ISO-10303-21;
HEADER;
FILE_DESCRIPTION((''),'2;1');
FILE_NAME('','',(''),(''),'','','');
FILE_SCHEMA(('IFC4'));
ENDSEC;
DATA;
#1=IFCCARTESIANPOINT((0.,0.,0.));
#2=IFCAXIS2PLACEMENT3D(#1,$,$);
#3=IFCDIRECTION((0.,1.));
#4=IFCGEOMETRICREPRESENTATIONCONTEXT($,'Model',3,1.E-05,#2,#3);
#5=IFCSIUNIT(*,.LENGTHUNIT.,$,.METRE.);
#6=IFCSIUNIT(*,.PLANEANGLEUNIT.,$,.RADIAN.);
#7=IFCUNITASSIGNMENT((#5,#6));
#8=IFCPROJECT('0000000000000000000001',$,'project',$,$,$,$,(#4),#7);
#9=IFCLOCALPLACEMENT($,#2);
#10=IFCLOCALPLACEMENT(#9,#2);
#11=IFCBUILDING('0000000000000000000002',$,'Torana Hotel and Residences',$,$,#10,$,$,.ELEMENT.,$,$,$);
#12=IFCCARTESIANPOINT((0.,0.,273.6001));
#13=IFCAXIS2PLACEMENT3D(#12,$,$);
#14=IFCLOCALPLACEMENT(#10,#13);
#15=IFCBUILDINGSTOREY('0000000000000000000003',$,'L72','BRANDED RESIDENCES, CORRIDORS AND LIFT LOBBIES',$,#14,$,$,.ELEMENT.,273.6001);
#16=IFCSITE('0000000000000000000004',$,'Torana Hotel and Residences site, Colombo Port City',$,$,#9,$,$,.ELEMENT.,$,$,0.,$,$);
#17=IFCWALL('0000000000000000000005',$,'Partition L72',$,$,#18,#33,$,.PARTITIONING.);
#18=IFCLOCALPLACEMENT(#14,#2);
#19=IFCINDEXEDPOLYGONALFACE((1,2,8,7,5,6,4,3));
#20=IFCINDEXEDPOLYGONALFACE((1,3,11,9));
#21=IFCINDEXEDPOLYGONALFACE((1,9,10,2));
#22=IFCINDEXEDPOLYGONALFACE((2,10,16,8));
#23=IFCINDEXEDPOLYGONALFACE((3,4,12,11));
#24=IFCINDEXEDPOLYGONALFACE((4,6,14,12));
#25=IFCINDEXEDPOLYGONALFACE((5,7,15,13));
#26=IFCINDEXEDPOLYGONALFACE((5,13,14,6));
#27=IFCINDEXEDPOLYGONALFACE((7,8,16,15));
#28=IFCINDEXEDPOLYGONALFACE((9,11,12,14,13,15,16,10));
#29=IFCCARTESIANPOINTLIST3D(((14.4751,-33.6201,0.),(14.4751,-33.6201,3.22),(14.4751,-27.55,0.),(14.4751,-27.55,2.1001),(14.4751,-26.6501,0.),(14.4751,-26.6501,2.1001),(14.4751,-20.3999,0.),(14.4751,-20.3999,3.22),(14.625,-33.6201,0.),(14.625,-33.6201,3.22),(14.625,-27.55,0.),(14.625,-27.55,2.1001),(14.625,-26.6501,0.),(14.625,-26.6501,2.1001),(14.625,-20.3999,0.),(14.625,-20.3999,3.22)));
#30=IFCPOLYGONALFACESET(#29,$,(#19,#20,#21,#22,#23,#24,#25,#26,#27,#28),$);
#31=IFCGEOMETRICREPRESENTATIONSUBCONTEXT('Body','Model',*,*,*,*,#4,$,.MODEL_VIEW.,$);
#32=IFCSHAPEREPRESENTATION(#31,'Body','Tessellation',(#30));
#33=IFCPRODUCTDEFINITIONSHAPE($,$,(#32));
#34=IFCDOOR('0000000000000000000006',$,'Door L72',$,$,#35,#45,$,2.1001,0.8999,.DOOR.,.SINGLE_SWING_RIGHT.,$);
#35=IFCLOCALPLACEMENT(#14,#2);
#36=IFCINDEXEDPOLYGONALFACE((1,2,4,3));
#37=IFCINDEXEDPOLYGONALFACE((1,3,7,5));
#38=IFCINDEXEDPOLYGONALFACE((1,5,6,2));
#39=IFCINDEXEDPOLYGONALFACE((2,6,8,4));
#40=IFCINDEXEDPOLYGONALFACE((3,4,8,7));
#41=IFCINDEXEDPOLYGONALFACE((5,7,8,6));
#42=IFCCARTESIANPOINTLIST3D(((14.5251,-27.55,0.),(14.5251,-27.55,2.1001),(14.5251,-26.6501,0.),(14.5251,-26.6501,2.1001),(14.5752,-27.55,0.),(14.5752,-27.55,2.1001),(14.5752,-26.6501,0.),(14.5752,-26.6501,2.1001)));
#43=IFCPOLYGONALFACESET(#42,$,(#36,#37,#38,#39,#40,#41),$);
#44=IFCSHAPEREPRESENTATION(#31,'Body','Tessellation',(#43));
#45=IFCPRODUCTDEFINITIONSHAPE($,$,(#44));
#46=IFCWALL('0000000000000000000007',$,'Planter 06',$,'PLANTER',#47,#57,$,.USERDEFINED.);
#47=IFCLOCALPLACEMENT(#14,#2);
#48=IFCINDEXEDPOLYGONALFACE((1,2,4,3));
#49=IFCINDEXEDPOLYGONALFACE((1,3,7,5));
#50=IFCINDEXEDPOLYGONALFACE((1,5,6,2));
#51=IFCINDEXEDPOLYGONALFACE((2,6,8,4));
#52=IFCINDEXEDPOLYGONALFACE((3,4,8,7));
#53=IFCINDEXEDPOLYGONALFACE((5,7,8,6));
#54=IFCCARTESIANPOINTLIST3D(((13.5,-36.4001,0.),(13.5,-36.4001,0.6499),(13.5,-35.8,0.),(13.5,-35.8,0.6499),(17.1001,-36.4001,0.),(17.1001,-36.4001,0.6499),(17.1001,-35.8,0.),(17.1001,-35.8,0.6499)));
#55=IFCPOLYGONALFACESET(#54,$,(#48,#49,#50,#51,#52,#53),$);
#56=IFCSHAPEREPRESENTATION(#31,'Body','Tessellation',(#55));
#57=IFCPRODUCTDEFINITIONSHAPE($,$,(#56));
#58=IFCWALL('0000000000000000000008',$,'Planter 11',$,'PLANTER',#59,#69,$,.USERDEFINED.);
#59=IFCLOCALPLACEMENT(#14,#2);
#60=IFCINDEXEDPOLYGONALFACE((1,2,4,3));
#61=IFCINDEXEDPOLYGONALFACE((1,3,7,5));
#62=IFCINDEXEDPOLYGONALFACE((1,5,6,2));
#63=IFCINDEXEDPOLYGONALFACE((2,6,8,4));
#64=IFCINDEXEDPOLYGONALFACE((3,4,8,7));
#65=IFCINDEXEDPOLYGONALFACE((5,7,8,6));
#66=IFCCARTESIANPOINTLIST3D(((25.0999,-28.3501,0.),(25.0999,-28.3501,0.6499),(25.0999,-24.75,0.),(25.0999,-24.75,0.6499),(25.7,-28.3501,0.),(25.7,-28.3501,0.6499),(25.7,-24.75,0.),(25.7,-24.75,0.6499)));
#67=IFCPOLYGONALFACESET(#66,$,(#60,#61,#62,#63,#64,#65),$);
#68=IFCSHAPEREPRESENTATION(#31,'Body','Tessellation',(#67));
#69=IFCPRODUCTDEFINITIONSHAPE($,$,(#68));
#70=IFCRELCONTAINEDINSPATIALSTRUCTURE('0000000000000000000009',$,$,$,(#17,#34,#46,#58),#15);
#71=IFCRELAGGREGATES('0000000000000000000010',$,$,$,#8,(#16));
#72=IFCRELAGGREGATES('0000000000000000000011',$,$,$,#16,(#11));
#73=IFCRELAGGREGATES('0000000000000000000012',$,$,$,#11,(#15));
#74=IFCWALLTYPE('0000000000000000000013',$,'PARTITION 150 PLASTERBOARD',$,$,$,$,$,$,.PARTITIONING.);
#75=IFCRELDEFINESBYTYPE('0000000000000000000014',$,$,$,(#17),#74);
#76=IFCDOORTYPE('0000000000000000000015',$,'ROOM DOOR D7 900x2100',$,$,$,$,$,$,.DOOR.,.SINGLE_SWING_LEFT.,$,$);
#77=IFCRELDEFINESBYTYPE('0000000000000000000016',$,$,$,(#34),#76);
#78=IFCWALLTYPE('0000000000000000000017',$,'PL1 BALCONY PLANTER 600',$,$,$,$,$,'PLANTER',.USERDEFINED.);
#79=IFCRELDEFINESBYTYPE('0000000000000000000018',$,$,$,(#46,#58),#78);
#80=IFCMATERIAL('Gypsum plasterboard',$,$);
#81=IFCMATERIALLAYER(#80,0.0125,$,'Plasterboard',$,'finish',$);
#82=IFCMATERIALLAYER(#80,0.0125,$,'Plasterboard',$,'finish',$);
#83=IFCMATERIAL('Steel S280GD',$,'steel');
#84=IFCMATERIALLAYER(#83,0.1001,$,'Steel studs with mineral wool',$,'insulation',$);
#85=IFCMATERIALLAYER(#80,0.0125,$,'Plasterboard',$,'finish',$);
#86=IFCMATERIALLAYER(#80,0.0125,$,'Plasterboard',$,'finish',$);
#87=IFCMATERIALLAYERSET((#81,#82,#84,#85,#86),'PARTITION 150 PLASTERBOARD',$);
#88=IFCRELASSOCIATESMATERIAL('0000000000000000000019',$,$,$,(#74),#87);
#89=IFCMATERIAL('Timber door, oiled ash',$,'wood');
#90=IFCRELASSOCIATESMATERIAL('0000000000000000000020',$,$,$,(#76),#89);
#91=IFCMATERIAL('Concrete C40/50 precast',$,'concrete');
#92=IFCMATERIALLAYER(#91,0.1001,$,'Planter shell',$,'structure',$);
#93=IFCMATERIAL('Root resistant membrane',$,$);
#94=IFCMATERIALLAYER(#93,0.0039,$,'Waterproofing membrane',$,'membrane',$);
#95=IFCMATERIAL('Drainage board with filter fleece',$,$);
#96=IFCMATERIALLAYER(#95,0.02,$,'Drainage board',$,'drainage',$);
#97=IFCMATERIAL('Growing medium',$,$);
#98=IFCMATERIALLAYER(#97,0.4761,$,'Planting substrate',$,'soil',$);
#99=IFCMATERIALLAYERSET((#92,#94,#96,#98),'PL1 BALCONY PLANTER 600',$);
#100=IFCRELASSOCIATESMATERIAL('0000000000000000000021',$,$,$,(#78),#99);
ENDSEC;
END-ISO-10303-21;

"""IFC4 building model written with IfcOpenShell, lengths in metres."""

from ifc_helpers import new_model, si_unit, direction, frame, frame_2d, origin, place, context, subcontext, project, spatial, rectangle, extrude, material, layer, layer_set, type_object, element, fill, save


model = new_model("IFC4")

# Units and contexts
model_context = context("Model", 3, precision=1e-05, world=origin(), true_north=direction((0.0, 1.0)))
body_context = subcontext(model_context, "Body", "Model", "MODEL_VIEW")
ifc_project = project(units=[si_unit("LENGTHUNIT", "METRE"), si_unit("PLANEANGLEUNIT", "RADIAN")], contexts=[model_context])

# Site, building, storey
site_placement = place(None, origin())
site = spatial("IfcSite", under=ifc_project, at=site_placement, Name="Torana Hotel and Residences site, Colombo Port City", CompositionType="ELEMENT", RefElevation=0.0)
building_placement = place(site_placement, origin())
building = spatial("IfcBuilding", under=site, at=building_placement, Name="Torana Hotel and Residences", CompositionType="ELEMENT")
storey_placement = place(building_placement, frame((0.0, 0.0, 273.6001)))
storey = spatial("IfcBuildingStorey", under=building, at=storey_placement, Name="L72", Description="BRANDED RESIDENCES, CORRIDORS AND LIFT LOBBIES", CompositionType="ELEMENT", Elevation=273.6001)

# Shared definitions
ifc_material_1 = material(Name="Steel S280GD", Category="steel")

# Wall, opening, door
ifc_material_2 = material(Name="Gypsum plasterboard")
ifc_layer_1 = layer(ifc_material_2, 0.0125, Name="Plasterboard", Category="finish")
ifc_layer_2 = layer(ifc_material_2, 0.0125, Name="Plasterboard", Category="finish")
ifc_layer_3 = layer(ifc_material_1, 0.1001, Name="Steel studs with mineral wool", Category="insulation")
ifc_layer_4 = layer(ifc_material_2, 0.0125, Name="Plasterboard", Category="finish")
ifc_layer_5 = layer(ifc_material_2, 0.0125, Name="Plasterboard", Category="finish")
ifc_layer_set_1 = layer_set([ifc_layer_1, ifc_layer_2, ifc_layer_3, ifc_layer_4, ifc_layer_5], Name="PARTITION 150 PLASTERBOARD")
wall_type_1 = type_object("IfcWallType", Name="PARTITION 150 PLASTERBOARD", PredefinedType="PARTITIONING", material=ifc_layer_set_1)
ifc_material_3 = material(Name="Timber door, oiled ash", Category="wood")
door_type_1 = type_object("IfcDoorType", Name="ROOM DOOR D7 900x2100", OperationType="SINGLE_SWING_LEFT", PredefinedType="DOOR", material=ifc_material_3)
wall_1_placement = place(storey_placement, frame((14.55, -33.6201, 0.0), z_axis=(0.0, 0.0, 1.0), x_axis=(0.0, 1.0, 0.0)))
wall_1 = element("IfcWall", 1, at=wall_1_placement, inside=storey, type_object=wall_type_1, Name="Partition L72", PredefinedType="PARTITIONING", context=body_context, shape_type="SweptSolid", body=[
    extrude(rectangle(XDim=13.2202, YDim=0.1499, at=frame_2d((6.6101, 0.0))), origin(), (0.0, 0.0, 1.0), 3.22),
])
opening_1_placement = place(wall_1_placement, frame((6.0701, 0.0, 0.0)))
opening_1 = element("IfcOpeningElement", 2, at=opening_1_placement, cuts=wall_1, PredefinedType="OPENING", context=body_context, shape_type="SweptSolid", body=[
    extrude(rectangle(XDim=0.8999, YDim=2.1001, at=frame_2d((0.45, 1.05))), frame((0.0, 0.085, 0.0), z_axis=(0.0, -1.0, 0.0), x_axis=(1.0, 0.0, 0.0)), (0.0, 0.0, 1.0), 0.1699),
])
door_1_placement = place(opening_1_placement, origin())
door_1 = element("IfcDoor", 3, at=door_1_placement, inside=storey, type_object=door_type_1, Name="Door L72", OperationType="SINGLE_SWING_RIGHT", OverallHeight=2.1001, OverallWidth=0.8999, PredefinedType="DOOR", context=body_context, shape_type="SweptSolid", body=[
    extrude(rectangle(XDim=0.8999, YDim=2.1001, at=frame_2d((0.45, 1.05))), frame((0.0, 0.0249, 0.0), z_axis=(0.0, -1.0, 0.0), x_axis=(1.0, 0.0, 0.0)), (0.0, 0.0, 1.0), 0.05),
])
fill(opening_1, door_1)

# Walls
ifc_material_4 = material(Name="Concrete C40/50 precast", Category="concrete")
ifc_layer_6 = layer(ifc_material_4, 0.1001, Name="Planter shell", Category="structure")
ifc_material_5 = material(Name="Root resistant membrane")
ifc_layer_7 = layer(ifc_material_5, 0.0039, Name="Waterproofing membrane", Category="membrane")
ifc_material_6 = material(Name="Drainage board with filter fleece")
ifc_layer_8 = layer(ifc_material_6, 0.02, Name="Drainage board", Category="drainage")
ifc_material_7 = material(Name="Growing medium")
ifc_layer_9 = layer(ifc_material_7, 0.4761, Name="Planting substrate", Category="soil")
ifc_layer_set_2 = layer_set([ifc_layer_6, ifc_layer_7, ifc_layer_8, ifc_layer_9], Name="PL1 BALCONY PLANTER 600")
wall_type_2 = type_object("IfcWallType", Name="PL1 BALCONY PLANTER 600", ElementType="PLANTER", PredefinedType="USERDEFINED", material=ifc_layer_set_2)
for number, where, z_axis, x_axis, name in (
    (4, (17.1001, -36.1001, 0.0), (0.0, 0.0, 1.0), (-1.0, 0.0, 0.0), "Planter 06"),
    (5, (25.3999, -24.75, 0.0), (0.0, 0.0, 1.0), (0.0, -1.0, 0.0), "Planter 11"),
):
    element("IfcWall", number, at=place(storey_placement, frame(where, z_axis=z_axis, x_axis=x_axis)), inside=storey, type_object=wall_type_2, Name=name, ObjectType="PLANTER", PredefinedType="USERDEFINED", context=body_context, shape_type="SweptSolid", body=[
        extrude(rectangle(XDim=3.6001, YDim=0.6001, at=frame_2d((1.8, 0.0))), origin(), (0.0, 0.0, 1.0), 0.6499),
    ])

save(model, "model.ifc")
